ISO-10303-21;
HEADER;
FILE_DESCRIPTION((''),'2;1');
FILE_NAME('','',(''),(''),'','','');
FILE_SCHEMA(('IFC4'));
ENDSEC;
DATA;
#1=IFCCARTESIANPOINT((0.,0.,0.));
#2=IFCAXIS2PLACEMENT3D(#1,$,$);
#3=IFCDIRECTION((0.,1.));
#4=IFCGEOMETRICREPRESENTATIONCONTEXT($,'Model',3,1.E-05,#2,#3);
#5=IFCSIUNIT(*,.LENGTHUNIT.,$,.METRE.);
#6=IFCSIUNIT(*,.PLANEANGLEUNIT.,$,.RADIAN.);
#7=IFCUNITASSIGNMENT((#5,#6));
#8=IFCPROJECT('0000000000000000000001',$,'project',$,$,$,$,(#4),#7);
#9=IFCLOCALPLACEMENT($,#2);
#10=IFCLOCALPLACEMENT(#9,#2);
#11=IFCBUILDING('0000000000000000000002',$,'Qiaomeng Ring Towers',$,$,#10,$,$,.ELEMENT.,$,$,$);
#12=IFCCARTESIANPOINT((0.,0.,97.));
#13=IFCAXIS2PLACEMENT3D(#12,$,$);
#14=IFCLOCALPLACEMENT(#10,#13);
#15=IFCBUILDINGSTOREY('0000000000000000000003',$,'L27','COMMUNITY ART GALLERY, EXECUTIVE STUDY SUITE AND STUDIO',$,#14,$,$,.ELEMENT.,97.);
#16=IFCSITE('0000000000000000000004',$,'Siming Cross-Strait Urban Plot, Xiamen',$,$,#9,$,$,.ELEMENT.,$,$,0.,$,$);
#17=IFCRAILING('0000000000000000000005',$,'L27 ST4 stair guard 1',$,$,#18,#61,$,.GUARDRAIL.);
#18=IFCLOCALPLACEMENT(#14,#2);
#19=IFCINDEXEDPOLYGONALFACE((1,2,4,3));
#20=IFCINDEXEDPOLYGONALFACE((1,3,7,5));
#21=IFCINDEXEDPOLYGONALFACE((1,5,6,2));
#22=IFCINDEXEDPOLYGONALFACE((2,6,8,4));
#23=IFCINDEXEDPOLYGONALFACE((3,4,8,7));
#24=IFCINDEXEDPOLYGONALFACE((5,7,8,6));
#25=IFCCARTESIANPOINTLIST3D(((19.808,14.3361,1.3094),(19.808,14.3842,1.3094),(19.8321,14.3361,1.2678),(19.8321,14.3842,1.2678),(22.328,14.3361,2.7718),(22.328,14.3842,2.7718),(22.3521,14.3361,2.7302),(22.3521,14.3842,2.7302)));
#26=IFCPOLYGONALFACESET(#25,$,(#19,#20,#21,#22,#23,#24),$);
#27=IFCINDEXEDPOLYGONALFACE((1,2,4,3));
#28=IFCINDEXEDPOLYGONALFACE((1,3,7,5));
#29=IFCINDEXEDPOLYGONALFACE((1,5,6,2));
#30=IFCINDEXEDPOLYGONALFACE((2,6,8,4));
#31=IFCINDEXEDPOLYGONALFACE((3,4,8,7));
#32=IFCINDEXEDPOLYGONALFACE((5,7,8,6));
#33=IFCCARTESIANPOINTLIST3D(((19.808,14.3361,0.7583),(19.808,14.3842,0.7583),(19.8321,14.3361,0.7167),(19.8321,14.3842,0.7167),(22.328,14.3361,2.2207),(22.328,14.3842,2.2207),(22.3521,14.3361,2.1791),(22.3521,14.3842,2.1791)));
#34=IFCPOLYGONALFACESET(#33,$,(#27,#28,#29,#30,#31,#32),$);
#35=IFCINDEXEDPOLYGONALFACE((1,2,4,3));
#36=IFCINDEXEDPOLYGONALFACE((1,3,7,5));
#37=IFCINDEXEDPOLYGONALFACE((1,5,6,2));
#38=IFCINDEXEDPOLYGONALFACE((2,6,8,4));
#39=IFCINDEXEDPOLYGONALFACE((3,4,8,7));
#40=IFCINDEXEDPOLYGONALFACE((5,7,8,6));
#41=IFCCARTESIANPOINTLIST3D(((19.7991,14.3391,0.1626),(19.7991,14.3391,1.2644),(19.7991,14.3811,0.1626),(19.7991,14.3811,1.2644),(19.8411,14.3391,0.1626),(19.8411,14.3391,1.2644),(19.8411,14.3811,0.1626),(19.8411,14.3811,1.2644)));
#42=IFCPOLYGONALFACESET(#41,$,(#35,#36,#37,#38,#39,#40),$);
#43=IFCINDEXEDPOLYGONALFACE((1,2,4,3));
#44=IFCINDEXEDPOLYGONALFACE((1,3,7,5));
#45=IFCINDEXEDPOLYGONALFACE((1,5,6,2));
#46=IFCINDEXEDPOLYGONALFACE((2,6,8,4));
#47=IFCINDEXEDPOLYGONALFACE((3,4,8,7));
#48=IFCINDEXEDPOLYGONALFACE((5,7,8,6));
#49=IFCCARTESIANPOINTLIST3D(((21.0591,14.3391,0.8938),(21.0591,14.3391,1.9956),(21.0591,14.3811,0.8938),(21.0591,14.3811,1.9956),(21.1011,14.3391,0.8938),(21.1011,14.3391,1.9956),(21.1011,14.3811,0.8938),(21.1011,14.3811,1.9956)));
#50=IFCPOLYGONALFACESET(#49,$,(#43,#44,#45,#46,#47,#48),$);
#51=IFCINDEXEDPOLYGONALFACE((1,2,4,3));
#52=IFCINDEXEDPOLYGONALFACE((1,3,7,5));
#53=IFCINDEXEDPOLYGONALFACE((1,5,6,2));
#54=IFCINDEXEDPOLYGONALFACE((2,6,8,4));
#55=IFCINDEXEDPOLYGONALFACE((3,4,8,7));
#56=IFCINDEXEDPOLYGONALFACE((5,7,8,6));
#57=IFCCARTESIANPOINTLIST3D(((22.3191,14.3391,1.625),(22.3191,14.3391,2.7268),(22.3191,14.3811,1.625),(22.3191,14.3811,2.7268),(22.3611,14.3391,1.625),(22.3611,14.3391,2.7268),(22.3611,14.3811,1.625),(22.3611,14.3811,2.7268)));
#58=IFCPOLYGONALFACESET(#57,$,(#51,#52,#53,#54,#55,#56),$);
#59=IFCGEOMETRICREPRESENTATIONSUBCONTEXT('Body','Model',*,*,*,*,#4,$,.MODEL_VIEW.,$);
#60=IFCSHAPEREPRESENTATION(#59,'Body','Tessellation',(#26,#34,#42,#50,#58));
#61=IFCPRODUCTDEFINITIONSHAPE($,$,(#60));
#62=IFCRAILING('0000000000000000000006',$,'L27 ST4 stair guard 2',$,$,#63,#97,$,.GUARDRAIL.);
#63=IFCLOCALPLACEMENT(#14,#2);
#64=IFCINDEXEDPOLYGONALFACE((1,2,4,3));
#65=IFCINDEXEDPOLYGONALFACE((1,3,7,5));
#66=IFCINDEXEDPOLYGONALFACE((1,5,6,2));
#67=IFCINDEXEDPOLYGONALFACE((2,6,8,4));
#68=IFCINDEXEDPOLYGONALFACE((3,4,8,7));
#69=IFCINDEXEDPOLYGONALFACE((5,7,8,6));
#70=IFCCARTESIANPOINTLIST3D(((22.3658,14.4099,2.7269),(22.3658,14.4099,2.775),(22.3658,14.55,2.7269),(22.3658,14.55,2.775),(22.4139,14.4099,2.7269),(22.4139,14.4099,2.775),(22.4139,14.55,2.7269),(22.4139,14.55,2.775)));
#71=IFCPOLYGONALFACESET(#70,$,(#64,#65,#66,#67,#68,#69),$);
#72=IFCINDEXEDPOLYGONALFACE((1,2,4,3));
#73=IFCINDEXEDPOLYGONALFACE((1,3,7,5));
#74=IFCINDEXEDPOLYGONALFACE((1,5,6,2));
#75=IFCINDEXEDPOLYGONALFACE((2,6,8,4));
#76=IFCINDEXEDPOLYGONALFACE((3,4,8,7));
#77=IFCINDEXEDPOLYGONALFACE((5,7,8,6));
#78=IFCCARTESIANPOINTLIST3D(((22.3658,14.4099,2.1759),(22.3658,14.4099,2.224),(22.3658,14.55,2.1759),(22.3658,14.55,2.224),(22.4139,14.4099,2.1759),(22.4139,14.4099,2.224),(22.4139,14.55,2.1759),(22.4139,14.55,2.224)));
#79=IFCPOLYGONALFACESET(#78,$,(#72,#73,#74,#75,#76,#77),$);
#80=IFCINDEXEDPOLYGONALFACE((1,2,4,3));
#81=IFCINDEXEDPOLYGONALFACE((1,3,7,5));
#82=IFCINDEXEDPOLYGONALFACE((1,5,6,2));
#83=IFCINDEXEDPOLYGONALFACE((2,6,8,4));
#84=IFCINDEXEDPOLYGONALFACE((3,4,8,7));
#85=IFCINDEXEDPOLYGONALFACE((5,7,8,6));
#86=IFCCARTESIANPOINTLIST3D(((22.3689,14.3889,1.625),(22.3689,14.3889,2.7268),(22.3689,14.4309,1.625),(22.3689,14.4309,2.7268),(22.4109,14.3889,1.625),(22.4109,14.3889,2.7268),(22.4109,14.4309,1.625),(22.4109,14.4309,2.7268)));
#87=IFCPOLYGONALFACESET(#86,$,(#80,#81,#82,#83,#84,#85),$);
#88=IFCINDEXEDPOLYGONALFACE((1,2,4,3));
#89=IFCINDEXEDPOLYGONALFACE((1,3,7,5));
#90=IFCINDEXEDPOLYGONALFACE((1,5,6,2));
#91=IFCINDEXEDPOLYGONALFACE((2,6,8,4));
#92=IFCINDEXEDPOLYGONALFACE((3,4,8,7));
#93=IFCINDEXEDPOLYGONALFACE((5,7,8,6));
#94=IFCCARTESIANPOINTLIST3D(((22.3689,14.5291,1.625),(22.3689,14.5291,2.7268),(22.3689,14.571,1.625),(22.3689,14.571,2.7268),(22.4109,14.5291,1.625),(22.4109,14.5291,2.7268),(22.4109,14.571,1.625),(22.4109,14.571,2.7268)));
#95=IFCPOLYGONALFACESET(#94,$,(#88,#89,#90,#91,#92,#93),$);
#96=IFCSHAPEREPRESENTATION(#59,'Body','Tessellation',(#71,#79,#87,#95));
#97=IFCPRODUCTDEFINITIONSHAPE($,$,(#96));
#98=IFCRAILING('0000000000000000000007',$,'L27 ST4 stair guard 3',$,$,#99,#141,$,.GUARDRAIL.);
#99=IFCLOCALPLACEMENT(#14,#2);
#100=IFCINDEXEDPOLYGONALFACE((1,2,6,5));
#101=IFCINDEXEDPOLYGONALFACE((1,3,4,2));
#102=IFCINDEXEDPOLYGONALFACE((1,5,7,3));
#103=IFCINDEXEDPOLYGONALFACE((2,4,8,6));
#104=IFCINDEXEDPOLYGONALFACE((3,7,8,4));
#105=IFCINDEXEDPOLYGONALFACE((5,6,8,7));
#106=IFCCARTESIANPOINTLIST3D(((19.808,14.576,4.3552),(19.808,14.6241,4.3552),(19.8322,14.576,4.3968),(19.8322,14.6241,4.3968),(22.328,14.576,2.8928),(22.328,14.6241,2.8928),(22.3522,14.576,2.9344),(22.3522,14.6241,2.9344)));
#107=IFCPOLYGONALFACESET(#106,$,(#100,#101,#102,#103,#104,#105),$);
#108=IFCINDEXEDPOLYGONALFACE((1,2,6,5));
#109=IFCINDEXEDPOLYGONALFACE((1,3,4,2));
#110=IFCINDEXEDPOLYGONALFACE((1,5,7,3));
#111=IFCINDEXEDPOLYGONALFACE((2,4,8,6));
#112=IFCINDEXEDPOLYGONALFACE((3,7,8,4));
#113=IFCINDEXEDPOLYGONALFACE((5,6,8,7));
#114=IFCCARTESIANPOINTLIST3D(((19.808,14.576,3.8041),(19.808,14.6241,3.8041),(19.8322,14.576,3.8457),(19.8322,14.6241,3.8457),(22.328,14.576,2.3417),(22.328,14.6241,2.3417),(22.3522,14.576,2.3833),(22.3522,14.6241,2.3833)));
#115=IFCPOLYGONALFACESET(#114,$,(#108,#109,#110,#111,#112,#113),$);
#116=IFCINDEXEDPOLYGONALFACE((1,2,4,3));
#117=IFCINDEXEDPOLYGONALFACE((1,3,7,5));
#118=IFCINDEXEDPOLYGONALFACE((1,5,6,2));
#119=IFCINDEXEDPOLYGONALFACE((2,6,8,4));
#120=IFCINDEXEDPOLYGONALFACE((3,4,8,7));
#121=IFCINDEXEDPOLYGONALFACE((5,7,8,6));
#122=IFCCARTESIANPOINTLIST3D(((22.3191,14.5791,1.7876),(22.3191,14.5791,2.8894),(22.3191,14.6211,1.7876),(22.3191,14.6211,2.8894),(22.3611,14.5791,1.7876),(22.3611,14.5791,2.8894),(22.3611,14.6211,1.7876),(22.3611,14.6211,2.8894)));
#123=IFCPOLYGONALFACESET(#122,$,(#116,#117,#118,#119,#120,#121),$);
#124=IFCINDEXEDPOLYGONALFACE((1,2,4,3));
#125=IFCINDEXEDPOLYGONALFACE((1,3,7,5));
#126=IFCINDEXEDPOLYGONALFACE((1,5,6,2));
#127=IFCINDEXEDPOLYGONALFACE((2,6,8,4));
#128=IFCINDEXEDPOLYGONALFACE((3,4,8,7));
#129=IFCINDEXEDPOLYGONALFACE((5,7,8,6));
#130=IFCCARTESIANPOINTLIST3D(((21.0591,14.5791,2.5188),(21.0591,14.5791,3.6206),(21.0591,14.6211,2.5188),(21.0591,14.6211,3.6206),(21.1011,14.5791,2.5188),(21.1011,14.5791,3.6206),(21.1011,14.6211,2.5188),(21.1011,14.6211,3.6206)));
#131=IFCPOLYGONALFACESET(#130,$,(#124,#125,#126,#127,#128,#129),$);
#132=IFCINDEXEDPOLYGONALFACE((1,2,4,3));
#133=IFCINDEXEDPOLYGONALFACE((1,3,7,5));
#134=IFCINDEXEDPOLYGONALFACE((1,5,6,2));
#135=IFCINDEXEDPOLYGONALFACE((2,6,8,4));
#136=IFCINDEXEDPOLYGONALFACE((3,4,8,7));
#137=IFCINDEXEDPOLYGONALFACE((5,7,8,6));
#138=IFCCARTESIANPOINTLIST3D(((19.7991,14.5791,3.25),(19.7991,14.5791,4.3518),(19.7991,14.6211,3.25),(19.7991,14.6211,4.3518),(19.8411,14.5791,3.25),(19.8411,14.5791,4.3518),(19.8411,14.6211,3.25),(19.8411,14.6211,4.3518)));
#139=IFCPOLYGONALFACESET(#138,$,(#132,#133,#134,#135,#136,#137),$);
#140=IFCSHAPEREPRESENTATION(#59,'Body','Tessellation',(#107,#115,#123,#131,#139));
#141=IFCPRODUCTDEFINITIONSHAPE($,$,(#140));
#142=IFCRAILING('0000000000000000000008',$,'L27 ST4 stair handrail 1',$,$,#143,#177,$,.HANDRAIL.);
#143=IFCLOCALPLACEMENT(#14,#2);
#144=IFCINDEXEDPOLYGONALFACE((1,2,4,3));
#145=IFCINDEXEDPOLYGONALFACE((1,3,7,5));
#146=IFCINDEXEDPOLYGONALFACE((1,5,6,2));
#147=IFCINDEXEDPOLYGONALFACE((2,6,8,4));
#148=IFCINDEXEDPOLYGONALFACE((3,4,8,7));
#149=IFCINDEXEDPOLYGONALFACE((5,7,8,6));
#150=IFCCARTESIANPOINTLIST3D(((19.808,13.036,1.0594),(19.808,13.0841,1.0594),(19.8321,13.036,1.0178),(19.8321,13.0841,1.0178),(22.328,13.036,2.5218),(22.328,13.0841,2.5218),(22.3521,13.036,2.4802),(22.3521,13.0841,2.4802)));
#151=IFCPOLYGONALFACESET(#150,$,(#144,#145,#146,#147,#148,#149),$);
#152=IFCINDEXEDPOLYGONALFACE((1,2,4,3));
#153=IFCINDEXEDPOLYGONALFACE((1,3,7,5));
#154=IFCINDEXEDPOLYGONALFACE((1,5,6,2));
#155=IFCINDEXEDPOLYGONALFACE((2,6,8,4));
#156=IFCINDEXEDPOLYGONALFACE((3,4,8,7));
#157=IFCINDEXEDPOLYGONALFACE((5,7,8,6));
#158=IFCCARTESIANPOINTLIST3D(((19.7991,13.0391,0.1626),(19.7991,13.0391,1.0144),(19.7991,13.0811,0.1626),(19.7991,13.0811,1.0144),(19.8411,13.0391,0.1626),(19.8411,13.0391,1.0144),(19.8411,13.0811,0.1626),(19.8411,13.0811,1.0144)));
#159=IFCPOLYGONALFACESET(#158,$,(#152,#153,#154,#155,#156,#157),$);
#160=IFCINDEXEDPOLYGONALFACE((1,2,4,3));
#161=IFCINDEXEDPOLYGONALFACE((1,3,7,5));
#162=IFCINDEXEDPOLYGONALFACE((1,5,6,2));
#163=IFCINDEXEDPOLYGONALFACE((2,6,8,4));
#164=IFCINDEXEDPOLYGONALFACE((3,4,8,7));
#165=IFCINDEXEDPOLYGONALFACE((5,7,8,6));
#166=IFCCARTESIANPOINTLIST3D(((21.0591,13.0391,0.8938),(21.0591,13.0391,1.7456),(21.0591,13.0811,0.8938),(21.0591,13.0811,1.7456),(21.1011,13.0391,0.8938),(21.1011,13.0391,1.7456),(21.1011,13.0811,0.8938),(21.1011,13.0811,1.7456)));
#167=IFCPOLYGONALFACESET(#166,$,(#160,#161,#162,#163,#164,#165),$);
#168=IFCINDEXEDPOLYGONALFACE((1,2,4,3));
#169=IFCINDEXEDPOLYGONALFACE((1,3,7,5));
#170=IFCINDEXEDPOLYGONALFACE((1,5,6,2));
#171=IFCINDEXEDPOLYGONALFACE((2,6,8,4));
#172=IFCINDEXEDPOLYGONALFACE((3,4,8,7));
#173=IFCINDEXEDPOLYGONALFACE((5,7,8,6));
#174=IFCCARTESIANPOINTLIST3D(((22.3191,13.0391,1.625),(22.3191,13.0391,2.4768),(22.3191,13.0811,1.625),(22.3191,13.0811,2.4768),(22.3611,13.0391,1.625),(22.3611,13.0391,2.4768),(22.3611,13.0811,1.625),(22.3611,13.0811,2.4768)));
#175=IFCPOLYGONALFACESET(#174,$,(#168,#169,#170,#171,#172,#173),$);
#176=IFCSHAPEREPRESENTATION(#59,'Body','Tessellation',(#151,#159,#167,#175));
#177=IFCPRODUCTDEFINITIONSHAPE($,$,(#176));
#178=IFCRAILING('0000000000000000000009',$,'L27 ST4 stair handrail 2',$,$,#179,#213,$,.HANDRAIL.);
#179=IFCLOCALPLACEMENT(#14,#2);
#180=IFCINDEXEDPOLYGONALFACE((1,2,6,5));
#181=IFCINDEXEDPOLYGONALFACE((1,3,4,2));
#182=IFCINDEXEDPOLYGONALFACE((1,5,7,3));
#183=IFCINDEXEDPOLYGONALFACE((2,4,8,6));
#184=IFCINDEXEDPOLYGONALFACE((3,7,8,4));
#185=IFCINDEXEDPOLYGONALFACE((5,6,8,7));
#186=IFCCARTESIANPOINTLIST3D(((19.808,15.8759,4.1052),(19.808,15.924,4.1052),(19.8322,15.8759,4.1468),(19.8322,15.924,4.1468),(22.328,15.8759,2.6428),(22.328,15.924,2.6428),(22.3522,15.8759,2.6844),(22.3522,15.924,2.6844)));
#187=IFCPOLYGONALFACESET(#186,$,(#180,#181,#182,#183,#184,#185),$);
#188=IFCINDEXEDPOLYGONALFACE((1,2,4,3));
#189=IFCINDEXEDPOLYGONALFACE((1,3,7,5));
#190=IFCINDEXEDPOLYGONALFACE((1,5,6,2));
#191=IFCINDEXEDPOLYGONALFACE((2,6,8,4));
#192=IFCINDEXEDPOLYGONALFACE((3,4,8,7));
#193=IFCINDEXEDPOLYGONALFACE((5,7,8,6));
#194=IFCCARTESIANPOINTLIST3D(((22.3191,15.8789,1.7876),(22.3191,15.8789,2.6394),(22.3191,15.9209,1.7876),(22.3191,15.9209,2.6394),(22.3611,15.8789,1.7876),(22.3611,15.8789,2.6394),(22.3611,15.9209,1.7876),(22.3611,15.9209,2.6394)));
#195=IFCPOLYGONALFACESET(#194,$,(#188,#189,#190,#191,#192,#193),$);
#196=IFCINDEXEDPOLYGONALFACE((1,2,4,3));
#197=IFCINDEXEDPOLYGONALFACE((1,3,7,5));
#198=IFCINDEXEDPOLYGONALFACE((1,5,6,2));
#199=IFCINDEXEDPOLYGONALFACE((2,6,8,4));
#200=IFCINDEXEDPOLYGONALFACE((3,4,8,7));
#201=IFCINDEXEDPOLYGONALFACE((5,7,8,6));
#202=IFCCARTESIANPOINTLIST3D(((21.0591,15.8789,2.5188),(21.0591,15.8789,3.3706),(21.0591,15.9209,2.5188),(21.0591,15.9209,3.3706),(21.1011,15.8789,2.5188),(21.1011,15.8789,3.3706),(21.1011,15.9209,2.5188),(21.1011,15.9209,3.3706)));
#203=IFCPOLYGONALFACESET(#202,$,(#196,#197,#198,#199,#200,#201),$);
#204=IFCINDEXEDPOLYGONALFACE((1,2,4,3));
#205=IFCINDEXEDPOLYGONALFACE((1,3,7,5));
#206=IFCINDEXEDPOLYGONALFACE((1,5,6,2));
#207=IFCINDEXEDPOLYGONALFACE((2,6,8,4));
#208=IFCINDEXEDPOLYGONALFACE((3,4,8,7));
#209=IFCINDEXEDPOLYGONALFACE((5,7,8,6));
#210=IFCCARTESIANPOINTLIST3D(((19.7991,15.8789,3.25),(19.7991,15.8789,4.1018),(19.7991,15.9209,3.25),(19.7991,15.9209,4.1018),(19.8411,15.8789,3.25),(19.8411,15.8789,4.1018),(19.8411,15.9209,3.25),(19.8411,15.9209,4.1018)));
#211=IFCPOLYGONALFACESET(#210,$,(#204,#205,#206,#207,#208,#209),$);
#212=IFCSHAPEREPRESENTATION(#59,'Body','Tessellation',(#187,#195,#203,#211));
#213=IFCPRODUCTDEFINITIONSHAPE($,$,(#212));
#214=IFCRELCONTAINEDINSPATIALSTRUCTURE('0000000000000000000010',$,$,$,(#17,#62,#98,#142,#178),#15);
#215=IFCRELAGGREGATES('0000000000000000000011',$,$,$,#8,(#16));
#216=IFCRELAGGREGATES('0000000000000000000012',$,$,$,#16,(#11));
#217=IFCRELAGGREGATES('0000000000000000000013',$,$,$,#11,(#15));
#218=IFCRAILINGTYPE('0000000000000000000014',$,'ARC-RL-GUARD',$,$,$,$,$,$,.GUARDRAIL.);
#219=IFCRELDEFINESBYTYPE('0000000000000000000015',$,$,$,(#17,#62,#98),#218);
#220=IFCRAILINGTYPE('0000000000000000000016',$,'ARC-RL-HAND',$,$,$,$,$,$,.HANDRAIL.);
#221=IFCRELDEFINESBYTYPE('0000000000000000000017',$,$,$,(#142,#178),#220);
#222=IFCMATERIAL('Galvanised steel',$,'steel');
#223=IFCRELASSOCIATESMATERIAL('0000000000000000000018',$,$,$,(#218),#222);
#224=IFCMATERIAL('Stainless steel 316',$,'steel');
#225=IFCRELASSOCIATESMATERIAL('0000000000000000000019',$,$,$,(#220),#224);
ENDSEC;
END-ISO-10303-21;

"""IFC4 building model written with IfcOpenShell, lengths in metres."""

from ifc_helpers import new_model, si_unit, direction, frame, origin, origin_2d, place, context, subcontext, project, spatial, rectangle, extrude, material, type_object, element, save


model = new_model("IFC4")

# Units and contexts
model_context = context("Model", 3, precision=1e-05, world=origin(), true_north=direction((0.0, 1.0)))
body_context = subcontext(model_context, "Body", "Model", "MODEL_VIEW")
ifc_project = project(units=[si_unit("LENGTHUNIT", "METRE"), si_unit("PLANEANGLEUNIT", "RADIAN")], contexts=[model_context])

# Site, building, storey
site_placement = place(None, origin())
site = spatial("IfcSite", under=ifc_project, at=site_placement, Name="Siming Cross-Strait Urban Plot, Xiamen", CompositionType="ELEMENT", RefElevation=0.0)
building_placement = place(site_placement, origin())
building = spatial("IfcBuilding", under=site, at=building_placement, Name="Qiaomeng Ring Towers", CompositionType="ELEMENT")
storey_placement = place(building_placement, frame((0.0, 0.0, 97.0)))
storey = spatial("IfcBuildingStorey", under=building, at=storey_placement, Name="L27", Description="COMMUNITY ART GALLERY, EXECUTIVE STUDY SUITE AND STUDIO", CompositionType="ELEMENT", Elevation=97.0)

# Shared definitions
ifc_material_1 = material(Name="Stainless steel 316", Category="steel")

# Railings
ifc_material_2 = material(Name="Galvanised steel", Category="steel")
railing_type_1 = type_object("IfcRailingType", Name="ARC-RL-GUARD", PredefinedType="GUARDRAIL", material=ifc_material_2)
railing_1_placement = place(storey_placement, frame((19.8201, 14.3601, 0.1626)))
element("IfcRailing", 1, at=railing_1_placement, inside=storey, type_object=railing_type_1, Name="L27 ST4 stair guard 1", PredefinedType="GUARDRAIL", context=body_context, shape_type="SweptSolid", body=[
    extrude(rectangle(XDim=0.0481, YDim=0.0481, at=origin_2d()), frame((0.0, 0.0, 1.126), z_axis=(0.864913, 0.0, 0.501921), x_axis=(0.0, 1.0, 0.0)), (0.0, 0.0, 1.0), 2.9136),
    extrude(rectangle(XDim=0.0481, YDim=0.0481, at=origin_2d()), frame((0.0, 0.0, 0.575), z_axis=(0.864913, 0.0, 0.501921), x_axis=(0.0, 1.0, 0.0)), (0.0, 0.0, 1.0), 2.9136),
    extrude(rectangle(XDim=0.042, YDim=0.042, at=origin_2d()), origin(), (0.0, 0.0, 1.0), 1.1018),
    extrude(rectangle(XDim=0.042, YDim=0.042, at=origin_2d()), frame((1.26, 0.0, 0.7312)), (0.0, 0.0, 1.0), 1.1018),
    extrude(rectangle(XDim=0.042, YDim=0.042, at=origin_2d()), frame((2.52, 0.0, 1.4624)), (0.0, 0.0, 1.0), 1.1018),
])
railing_2_placement = place(storey_placement, frame((22.3899, 14.4099, 1.625)))
element("IfcRailing", 2, at=railing_2_placement, inside=storey, type_object=railing_type_1, Name="L27 ST4 stair guard 2", PredefinedType="GUARDRAIL", context=body_context, shape_type="SweptSolid", body=[
    extrude(rectangle(XDim=0.0481, YDim=0.0481, at=origin_2d()), frame((0.0, 0.0, 1.126), z_axis=(0.0, 1.0, 0.0), x_axis=(-1.0, 0.0, 0.0)), (0.0, 0.0, 1.0), 0.1401),
    extrude(rectangle(XDim=0.0481, YDim=0.0481, at=origin_2d()), frame((0.0, 0.0, 0.575), z_axis=(0.0, 1.0, 0.0), x_axis=(-1.0, 0.0, 0.0)), (0.0, 0.0, 1.0), 0.1401),
    extrude(rectangle(XDim=0.042, YDim=0.042, at=origin_2d()), origin(), (0.0, 0.0, 1.0), 1.1018),
    extrude(rectangle(XDim=0.042, YDim=0.042, at=origin_2d()), frame((0.0, 0.1401, 0.0)), (0.0, 0.0, 1.0), 1.1018),
])
railing_3_placement = place(storey_placement, frame((22.3401, 14.6001, 1.7876)))
element("IfcRailing", 3, at=railing_3_placement, inside=storey, type_object=railing_type_1, Name="L27 ST4 stair guard 3", PredefinedType="GUARDRAIL", context=body_context, shape_type="SweptSolid", body=[
    extrude(rectangle(XDim=0.0481, YDim=0.0481, at=origin_2d()), frame((0.0, 0.0, 1.126), z_axis=(-0.864913, 0.0, 0.501921), x_axis=(0.0, -1.0, 0.0)), (0.0, 0.0, 1.0), 2.9136),
    extrude(rectangle(XDim=0.0481, YDim=0.0481, at=origin_2d()), frame((0.0, 0.0, 0.575), z_axis=(-0.864913, 0.0, 0.501921), x_axis=(0.0, -1.0, 0.0)), (0.0, 0.0, 1.0), 2.9136),
    extrude(rectangle(XDim=0.042, YDim=0.042, at=origin_2d()), origin(), (0.0, 0.0, 1.0), 1.1018),
    extrude(rectangle(XDim=0.042, YDim=0.042, at=origin_2d()), frame((-1.26, 0.0, 0.7312)), (0.0, 0.0, 1.0), 1.1018),
    extrude(rectangle(XDim=0.042, YDim=0.042, at=origin_2d()), frame((-2.52, 0.0, 1.4624)), (0.0, 0.0, 1.0), 1.1018),
])
railing_type_2 = type_object("IfcRailingType", Name="ARC-RL-HAND", PredefinedType="HANDRAIL", material=ifc_material_1)
railing_4_placement = place(storey_placement, frame((19.8201, 13.0601, 0.1626)))
element("IfcRailing", 4, at=railing_4_placement, inside=storey, type_object=railing_type_2, Name="L27 ST4 stair handrail 1", PredefinedType="HANDRAIL", context=body_context, shape_type="SweptSolid", body=[
    extrude(rectangle(XDim=0.0481, YDim=0.0481, at=origin_2d()), frame((0.0, 0.0, 0.876), z_axis=(0.864913, 0.0, 0.501921), x_axis=(0.0, 1.0, 0.0)), (0.0, 0.0, 1.0), 2.9136),
    extrude(rectangle(XDim=0.042, YDim=0.042, at=origin_2d()), origin(), (0.0, 0.0, 1.0), 0.8518),
    extrude(rectangle(XDim=0.042, YDim=0.042, at=origin_2d()), frame((1.26, 0.0, 0.7312)), (0.0, 0.0, 1.0), 0.8518),
    extrude(rectangle(XDim=0.042, YDim=0.042, at=origin_2d()), frame((2.52, 0.0, 1.4624)), (0.0, 0.0, 1.0), 0.8518),
])
railing_5_placement = place(storey_placement, frame((22.3401, 15.8999, 1.7876)))
element("IfcRailing", 5, at=railing_5_placement, inside=storey, type_object=railing_type_2, Name="L27 ST4 stair handrail 2", PredefinedType="HANDRAIL", context=body_context, shape_type="SweptSolid", body=[
    extrude(rectangle(XDim=0.0481, YDim=0.0481, at=origin_2d()), frame((0.0, 0.0, 0.876), z_axis=(-0.864913, 0.0, 0.501921), x_axis=(0.0, -1.0, 0.0)), (0.0, 0.0, 1.0), 2.9136),
    extrude(rectangle(XDim=0.042, YDim=0.042, at=origin_2d()), origin(), (0.0, 0.0, 1.0), 0.8518),
    extrude(rectangle(XDim=0.042, YDim=0.042, at=origin_2d()), frame((-1.26, 0.0, 0.7312)), (0.0, 0.0, 1.0), 0.8518),
    extrude(rectangle(XDim=0.042, YDim=0.042, at=origin_2d()), frame((-2.52, 0.0, 1.4624)), (0.0, 0.0, 1.0), 0.8518),
])

save(model, "model.ifc")
